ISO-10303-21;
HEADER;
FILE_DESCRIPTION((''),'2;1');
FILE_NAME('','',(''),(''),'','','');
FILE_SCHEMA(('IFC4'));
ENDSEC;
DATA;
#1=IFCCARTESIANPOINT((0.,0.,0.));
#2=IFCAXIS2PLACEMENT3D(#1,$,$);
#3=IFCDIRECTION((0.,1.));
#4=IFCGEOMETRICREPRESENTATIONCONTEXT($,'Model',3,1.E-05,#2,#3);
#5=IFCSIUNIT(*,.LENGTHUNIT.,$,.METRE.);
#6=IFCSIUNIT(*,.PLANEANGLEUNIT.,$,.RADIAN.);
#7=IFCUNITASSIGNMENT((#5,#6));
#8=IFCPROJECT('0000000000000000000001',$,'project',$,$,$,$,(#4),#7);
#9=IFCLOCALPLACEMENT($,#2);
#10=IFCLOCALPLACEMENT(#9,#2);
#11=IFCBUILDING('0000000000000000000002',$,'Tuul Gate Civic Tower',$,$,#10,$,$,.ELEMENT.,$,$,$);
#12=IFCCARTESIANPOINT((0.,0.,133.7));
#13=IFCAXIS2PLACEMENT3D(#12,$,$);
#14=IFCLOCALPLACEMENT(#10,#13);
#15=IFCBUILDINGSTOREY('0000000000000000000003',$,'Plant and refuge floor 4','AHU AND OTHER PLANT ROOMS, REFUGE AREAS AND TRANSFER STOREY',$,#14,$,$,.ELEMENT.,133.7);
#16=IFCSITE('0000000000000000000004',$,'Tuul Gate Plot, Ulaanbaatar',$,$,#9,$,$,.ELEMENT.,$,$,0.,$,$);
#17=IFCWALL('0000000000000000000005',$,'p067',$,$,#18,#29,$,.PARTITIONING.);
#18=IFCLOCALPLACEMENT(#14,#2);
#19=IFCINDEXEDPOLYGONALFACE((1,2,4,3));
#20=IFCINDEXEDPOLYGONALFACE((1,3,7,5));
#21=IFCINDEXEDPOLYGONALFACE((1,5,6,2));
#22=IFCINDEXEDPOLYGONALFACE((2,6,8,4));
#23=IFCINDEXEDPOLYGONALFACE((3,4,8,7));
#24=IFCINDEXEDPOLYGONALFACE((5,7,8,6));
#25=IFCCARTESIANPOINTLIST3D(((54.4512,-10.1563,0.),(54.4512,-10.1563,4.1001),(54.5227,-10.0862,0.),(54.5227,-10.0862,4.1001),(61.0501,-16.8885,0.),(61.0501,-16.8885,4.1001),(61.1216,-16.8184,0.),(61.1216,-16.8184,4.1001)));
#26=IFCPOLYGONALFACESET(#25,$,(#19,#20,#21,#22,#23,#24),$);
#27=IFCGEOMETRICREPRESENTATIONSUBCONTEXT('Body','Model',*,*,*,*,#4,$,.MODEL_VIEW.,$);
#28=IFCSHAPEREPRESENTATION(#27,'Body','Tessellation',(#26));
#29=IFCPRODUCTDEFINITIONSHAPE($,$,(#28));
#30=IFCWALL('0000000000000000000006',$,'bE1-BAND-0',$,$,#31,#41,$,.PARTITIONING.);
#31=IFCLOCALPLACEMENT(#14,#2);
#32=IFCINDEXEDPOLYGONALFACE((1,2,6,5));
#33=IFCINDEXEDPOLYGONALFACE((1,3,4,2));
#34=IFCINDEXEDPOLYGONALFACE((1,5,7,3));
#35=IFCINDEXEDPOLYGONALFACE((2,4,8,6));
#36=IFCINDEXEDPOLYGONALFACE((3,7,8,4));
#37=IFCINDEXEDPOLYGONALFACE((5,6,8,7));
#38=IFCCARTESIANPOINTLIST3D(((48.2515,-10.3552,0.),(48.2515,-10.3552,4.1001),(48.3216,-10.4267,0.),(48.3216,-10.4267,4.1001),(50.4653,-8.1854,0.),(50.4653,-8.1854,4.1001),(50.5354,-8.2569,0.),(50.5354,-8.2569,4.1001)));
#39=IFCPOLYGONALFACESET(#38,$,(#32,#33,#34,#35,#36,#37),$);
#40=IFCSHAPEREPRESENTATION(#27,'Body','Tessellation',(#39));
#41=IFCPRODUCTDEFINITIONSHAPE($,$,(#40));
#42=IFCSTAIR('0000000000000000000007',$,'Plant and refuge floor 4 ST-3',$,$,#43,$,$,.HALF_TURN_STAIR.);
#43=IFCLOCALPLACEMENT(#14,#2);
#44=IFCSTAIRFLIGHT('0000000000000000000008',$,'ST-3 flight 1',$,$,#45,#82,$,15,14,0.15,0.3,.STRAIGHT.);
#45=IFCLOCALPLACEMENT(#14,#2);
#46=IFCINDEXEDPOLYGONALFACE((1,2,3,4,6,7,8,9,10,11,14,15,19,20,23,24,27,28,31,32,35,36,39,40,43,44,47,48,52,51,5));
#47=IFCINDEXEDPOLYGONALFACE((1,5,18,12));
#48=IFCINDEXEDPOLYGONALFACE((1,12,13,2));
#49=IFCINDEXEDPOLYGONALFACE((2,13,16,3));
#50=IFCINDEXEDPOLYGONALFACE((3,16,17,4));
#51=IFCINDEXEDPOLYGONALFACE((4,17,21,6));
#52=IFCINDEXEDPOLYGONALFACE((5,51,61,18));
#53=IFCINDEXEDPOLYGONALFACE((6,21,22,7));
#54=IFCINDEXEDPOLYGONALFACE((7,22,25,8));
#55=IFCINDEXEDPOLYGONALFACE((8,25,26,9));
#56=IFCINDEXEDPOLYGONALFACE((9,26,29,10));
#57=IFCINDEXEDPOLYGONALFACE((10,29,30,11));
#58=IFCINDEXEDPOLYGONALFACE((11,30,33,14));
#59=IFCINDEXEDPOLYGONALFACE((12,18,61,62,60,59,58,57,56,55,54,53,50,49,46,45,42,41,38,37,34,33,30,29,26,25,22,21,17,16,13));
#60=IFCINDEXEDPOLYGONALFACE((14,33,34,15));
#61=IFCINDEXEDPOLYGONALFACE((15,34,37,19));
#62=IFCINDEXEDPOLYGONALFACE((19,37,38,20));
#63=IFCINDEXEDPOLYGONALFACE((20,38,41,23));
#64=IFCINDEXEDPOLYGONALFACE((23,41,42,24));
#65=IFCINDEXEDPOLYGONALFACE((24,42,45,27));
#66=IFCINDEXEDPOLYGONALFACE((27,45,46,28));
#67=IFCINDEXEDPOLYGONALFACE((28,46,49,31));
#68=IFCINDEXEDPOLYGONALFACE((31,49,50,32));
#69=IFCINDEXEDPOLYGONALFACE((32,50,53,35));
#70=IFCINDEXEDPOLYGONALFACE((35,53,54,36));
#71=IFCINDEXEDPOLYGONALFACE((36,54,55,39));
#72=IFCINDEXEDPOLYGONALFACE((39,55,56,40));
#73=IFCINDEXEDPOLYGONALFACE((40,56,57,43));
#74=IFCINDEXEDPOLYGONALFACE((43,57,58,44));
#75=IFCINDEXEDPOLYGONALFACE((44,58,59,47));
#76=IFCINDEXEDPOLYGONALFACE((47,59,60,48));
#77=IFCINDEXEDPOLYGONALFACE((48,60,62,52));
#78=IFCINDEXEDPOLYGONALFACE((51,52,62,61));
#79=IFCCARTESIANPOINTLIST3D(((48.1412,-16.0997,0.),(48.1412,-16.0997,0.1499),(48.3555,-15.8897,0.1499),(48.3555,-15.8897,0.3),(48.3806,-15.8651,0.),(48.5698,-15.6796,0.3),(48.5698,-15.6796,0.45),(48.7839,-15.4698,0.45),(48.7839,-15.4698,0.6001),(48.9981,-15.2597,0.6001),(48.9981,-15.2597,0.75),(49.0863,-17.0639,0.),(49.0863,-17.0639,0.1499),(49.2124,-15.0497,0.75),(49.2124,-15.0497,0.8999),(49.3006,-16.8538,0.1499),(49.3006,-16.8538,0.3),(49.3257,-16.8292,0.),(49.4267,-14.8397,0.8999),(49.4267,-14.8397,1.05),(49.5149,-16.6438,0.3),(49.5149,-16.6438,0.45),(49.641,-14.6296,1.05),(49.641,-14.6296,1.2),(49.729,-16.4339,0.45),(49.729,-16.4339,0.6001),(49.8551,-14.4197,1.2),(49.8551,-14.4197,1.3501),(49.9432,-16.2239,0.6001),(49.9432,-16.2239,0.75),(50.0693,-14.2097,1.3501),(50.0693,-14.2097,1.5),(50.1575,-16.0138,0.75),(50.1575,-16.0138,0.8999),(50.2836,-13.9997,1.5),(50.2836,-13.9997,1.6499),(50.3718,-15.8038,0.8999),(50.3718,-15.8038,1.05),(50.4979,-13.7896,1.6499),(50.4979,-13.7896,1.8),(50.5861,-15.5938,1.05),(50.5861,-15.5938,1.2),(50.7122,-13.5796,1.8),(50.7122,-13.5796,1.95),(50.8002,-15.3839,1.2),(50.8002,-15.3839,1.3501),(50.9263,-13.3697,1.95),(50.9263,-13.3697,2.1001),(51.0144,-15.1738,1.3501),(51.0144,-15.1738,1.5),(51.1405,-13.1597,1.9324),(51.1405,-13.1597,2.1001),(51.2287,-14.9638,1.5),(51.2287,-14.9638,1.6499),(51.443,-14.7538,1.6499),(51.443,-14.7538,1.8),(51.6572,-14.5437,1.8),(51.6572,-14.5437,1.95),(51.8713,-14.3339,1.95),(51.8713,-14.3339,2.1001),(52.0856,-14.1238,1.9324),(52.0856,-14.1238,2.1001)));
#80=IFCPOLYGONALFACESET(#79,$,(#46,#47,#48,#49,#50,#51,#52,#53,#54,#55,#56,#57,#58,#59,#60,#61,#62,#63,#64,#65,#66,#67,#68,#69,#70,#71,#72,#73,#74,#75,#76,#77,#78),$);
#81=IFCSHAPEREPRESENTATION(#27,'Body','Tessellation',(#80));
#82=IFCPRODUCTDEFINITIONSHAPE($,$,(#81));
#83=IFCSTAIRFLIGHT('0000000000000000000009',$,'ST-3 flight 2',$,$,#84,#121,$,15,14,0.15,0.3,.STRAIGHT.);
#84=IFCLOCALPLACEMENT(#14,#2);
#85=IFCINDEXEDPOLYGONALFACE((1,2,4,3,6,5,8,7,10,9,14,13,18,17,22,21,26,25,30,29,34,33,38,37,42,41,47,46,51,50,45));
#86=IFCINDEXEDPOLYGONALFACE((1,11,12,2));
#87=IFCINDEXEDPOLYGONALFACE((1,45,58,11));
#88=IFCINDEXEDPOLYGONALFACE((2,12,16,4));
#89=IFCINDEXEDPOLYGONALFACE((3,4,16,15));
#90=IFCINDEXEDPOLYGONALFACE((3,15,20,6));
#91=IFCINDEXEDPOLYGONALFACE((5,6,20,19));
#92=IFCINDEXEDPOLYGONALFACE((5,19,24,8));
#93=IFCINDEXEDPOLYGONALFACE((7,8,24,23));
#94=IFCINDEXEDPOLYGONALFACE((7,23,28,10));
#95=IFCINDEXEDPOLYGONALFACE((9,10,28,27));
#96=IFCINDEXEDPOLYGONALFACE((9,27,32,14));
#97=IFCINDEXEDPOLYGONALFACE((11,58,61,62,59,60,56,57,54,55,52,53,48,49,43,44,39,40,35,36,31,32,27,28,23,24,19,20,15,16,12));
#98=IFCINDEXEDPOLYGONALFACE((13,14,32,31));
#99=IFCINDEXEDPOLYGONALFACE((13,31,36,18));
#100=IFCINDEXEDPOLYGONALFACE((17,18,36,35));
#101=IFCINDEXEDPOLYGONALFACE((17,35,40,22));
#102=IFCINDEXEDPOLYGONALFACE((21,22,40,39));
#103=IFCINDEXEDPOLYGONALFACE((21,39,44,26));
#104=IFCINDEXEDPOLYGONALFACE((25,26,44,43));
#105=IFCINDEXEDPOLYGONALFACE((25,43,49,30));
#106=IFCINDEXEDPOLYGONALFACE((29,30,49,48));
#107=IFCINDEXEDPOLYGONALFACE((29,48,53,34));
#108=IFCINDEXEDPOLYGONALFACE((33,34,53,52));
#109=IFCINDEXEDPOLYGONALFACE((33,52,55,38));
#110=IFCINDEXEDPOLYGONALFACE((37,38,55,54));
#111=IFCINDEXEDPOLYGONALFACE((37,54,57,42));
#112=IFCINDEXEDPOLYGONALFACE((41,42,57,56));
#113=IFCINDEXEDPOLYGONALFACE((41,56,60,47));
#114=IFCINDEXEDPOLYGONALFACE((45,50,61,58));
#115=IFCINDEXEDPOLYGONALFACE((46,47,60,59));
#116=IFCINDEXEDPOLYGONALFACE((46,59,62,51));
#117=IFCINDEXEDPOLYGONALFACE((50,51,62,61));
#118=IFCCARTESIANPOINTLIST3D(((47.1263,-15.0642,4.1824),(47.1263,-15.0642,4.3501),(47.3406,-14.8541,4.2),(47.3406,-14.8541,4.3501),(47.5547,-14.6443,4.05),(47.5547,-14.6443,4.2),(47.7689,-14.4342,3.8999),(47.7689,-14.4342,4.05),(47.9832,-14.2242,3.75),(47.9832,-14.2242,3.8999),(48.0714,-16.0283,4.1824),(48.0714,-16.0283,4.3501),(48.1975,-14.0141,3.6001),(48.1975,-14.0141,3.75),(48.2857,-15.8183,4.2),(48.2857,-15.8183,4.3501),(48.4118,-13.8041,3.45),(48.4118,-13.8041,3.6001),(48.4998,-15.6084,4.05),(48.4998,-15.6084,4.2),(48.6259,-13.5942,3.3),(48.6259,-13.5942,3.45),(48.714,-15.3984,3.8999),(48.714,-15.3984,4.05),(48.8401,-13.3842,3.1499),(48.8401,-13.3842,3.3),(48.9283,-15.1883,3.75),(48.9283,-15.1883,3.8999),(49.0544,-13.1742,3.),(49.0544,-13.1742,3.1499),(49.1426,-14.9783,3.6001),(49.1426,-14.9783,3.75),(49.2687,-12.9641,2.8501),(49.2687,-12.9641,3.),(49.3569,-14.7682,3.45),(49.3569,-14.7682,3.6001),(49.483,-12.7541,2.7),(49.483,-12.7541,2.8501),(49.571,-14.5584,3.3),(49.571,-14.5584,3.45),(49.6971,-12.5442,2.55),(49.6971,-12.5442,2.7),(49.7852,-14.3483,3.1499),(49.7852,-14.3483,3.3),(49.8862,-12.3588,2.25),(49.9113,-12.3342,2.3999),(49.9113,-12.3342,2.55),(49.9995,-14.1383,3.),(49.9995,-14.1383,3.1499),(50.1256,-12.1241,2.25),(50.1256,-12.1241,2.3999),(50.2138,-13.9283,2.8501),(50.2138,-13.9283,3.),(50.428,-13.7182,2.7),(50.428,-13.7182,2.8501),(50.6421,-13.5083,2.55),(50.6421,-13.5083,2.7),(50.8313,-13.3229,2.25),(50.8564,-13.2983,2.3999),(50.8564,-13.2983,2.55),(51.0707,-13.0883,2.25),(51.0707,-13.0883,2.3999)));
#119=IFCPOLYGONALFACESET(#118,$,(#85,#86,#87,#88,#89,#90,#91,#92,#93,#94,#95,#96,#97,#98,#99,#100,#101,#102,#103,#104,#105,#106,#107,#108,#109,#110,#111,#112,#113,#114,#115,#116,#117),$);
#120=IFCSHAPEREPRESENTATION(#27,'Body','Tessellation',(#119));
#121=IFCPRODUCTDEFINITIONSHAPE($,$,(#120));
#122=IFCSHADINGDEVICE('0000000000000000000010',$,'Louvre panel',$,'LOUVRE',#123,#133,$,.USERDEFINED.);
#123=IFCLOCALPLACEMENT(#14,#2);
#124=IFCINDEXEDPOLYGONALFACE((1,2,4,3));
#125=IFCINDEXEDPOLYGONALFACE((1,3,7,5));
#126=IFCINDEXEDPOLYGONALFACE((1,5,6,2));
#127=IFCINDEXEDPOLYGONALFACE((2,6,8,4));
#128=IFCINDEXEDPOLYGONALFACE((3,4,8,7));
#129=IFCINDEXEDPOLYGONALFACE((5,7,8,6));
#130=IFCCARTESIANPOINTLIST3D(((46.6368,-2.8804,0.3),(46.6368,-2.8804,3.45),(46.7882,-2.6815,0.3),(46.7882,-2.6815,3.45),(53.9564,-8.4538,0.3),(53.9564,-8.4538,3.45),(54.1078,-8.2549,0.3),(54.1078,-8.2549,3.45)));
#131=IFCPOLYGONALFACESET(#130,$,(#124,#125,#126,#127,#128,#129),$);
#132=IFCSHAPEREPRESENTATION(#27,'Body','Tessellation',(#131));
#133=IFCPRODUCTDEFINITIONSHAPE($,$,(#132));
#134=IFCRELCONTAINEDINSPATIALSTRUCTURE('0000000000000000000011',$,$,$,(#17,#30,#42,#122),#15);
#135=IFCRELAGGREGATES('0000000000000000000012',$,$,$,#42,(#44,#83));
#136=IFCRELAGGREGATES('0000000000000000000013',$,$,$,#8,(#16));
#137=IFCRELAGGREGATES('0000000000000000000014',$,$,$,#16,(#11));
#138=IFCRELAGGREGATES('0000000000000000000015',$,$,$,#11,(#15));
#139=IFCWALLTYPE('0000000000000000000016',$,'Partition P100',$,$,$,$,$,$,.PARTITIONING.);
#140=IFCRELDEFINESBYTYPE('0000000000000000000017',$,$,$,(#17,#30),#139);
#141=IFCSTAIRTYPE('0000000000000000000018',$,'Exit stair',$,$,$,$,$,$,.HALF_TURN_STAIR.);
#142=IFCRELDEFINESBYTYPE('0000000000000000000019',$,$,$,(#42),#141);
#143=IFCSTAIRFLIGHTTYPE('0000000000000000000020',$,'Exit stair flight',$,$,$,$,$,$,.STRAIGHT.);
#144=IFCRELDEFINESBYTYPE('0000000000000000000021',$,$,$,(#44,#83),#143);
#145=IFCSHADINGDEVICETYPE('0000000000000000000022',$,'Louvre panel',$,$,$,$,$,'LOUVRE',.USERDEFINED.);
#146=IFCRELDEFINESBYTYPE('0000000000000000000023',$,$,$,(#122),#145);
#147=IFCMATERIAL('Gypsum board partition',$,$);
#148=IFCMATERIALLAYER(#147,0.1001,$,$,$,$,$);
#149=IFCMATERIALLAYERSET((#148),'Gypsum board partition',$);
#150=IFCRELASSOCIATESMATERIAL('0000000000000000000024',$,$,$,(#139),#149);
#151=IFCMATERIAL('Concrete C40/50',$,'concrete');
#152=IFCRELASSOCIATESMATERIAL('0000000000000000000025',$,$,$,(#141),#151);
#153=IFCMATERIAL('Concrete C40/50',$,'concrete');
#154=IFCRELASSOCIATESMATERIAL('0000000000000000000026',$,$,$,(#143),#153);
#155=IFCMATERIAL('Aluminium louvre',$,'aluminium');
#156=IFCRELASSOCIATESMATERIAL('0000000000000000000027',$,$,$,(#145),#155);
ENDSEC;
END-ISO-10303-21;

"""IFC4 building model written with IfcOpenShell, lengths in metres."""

from ifc_helpers import new_model, si_unit, direction, frame, frame_2d, origin, origin_2d, place, context, subcontext, project, spatial, polyline, rectangle, outline, extrude, material, layer, layer_set, type_object, element, aggregate, save


model = new_model("IFC4")

# Units and contexts
model_context = context("Model", 3, precision=1e-05, world=origin(), true_north=direction((0.0, 1.0)))
body_context = subcontext(model_context, "Body", "Model", "MODEL_VIEW")
ifc_project = project(units=[si_unit("LENGTHUNIT", "METRE"), si_unit("PLANEANGLEUNIT", "RADIAN")], contexts=[model_context])

# Site, building, storey
site_placement = place(None, origin())
site = spatial("IfcSite", under=ifc_project, at=site_placement, Name="Tuul Gate Plot, Ulaanbaatar", CompositionType="ELEMENT", RefElevation=0.0)
building_placement = place(site_placement, origin())
building = spatial("IfcBuilding", under=site, at=building_placement, Name="Tuul Gate Civic Tower", CompositionType="ELEMENT")
storey_placement = place(building_placement, frame((0.0, 0.0, 133.7)))
storey = spatial("IfcBuildingStorey", under=building, at=storey_placement, Name="Plant and refuge floor 4", Description="AHU AND OTHER PLANT ROOMS, REFUGE AREAS AND TRANSFER STOREY", CompositionType="ELEMENT", Elevation=133.7)

# Walls
ifc_material_1 = material(Name="Gypsum board partition")
ifc_layer_1 = layer(ifc_material_1, 0.1001)
ifc_layer_set_1 = layer_set([ifc_layer_1], Name="Gypsum board partition")
wall_type_1 = type_object("IfcWallType", Name="Partition P100", PredefinedType="PARTITIONING", material=ifc_layer_set_1)
wall_1_placement = place(storey_placement, frame((54.4871, -10.1213, 0.0), z_axis=(0.0, 0.0, 1.0), x_axis=(0.700001, -0.714142, 0.0)))
element("IfcWall", 1, at=wall_1_placement, inside=storey, type_object=wall_type_1, Name="p067", PredefinedType="PARTITIONING", context=body_context, shape_type="SweptSolid", body=[
    extrude(rectangle(XDim=9.427, YDim=0.1001, at=frame_2d((4.7134, 0.0))), origin(), (0.0, 0.0, 1.0), 4.1001),
])
wall_2_placement = place(storey_placement, frame((48.2866, -10.3909, 0.0), z_axis=(0.0, 0.0, 1.0), x_axis=(0.714159, 0.699983, 0.0)))
element("IfcWall", 2, at=wall_2_placement, inside=storey, type_object=wall_type_1, Name="bE1-BAND-0", PredefinedType="PARTITIONING", context=body_context, shape_type="SweptSolid", body=[
    extrude(rectangle(XDim=3.0999, YDim=0.1001, at=frame_2d((1.5498, 0.0))), origin(), (0.0, 0.0, 1.0), 4.1001),
])

# Stair, stair flights
ifc_material_2 = material(Name="Concrete C40/50", Category="concrete")
stair_type = type_object("IfcStairType", Name="Exit stair", PredefinedType="HALF_TURN_STAIR", material=ifc_material_2)
stair_placement = place(storey_placement, origin())
stair = element("IfcStair", 3, at=stair_placement, inside=storey, type_object=stair_type, Name="Plant and refuge floor 4 ST-3", PredefinedType="HALF_TURN_STAIR")
ifc_material_3 = material(Name="Concrete C40/50", Category="concrete")
stair_flight_type = type_object("IfcStairFlightType", Name="Exit stair flight", PredefinedType="STRAIGHT", material=ifc_material_3)
stair_flight_1_placement = place(storey_placement, frame((48.6138, -16.5818, 0.0), z_axis=(0.0, 0.0, 1.0), x_axis=(0.714127, 0.700016, 0.0)))
stair_flight_1 = element("IfcStairFlight", 4, at=stair_flight_1_placement, type_object=stair_flight_type, Name="ST-3 flight 1", NumberOfRisers=15, NumberOfTreads=14, PredefinedType="STRAIGHT", RiserHeight=0.15, TreadLength=0.3, context=body_context, shape_type="SweptSolid", body=[
    extrude(outline(polyline([(0.0, 0.0), (0.0, 0.1499), (0.3, 0.1499), (0.3, 0.3), (0.6001, 0.3), (0.6001, 0.45), (0.8999, 0.45), (0.8999, 0.6001), (1.2, 0.6001), (1.2, 0.75), (1.5, 0.75), (1.5, 0.8999), (1.8, 0.8999), (1.8, 1.05), (2.1001, 1.05), (2.1001, 1.2), (2.3999, 1.2), (2.3999, 1.3501), (2.7, 1.3501), (2.7, 1.5), (3.0, 1.5), (3.0, 1.6499), (3.3, 1.6499), (3.3, 1.8), (3.6001, 1.8), (3.6001, 1.95), (3.8999, 1.95), (3.8999, 2.1001), (4.2, 2.1001), (4.2, 2.25), (4.2, 1.9324), (0.3352, 0.0), (0.0, 0.0)])), frame((0.0, 0.675, 0.0), z_axis=(0.0, -1.0, 0.0), x_axis=(1.0, 0.0, 0.0)), (0.0, 0.0, 1.0), 1.3501),
])
stair_flight_2_placement = place(storey_placement, frame((50.5981, -12.6062, 2.25), z_axis=(0.0, 0.0, 1.0), x_axis=(-0.714127, -0.700016, 0.0)))
stair_flight_2 = element("IfcStairFlight", 5, at=stair_flight_2_placement, type_object=stair_flight_type, Name="ST-3 flight 2", NumberOfRisers=15, NumberOfTreads=14, PredefinedType="STRAIGHT", RiserHeight=0.15, TreadLength=0.3, context=body_context, shape_type="SweptSolid", body=[
    extrude(outline(polyline([(0.0, 0.0), (0.0, 0.1499), (0.3, 0.1499), (0.3, 0.3), (0.6001, 0.3), (0.6001, 0.45), (0.8999, 0.45), (0.8999, 0.6001), (1.2, 0.6001), (1.2, 0.75), (1.5, 0.75), (1.5, 0.8999), (1.8, 0.8999), (1.8, 1.05), (2.1001, 1.05), (2.1001, 1.2), (2.3999, 1.2), (2.3999, 1.3501), (2.7, 1.3501), (2.7, 1.5), (3.0, 1.5), (3.0, 1.6499), (3.3, 1.6499), (3.3, 1.8), (3.6001, 1.8), (3.6001, 1.95), (3.8999, 1.95), (3.8999, 2.1001), (4.2, 2.1001), (4.2, 2.25), (4.2, 1.9324), (0.3352, 0.0), (0.0, 0.0)])), frame((0.0, 0.675, 0.0), z_axis=(0.0, -1.0, 0.0), x_axis=(1.0, 0.0, 0.0)), (0.0, 0.0, 1.0), 1.3501),
])
aggregate(stair, [stair_flight_1, stair_flight_2])

# Shading device
ifc_material_4 = material(Name="Aluminium louvre", Category="aluminium")
shading_device_type = type_object("IfcShadingDeviceType", Name="Louvre panel", ElementType="LOUVRE", PredefinedType="USERDEFINED", material=ifc_material_4)
shading_device_placement = place(storey_placement, frame((50.3723, -5.5676, 0.3), z_axis=(0.0, 0.0, 1.0), x_axis=(0.605808, 0.795611, 0.0)))
element("IfcShadingDevice", 6, at=shading_device_placement, inside=storey, type_object=shading_device_type, Name="Louvre panel", ObjectType="LOUVRE", PredefinedType="USERDEFINED", context=body_context, shape_type="SweptSolid", body=[
    extrude(rectangle(XDim=0.25, YDim=9.2, at=origin_2d()), origin(), (0.0, 0.0, 1.0), 3.1499),
])

save(model, "model.ifc")
